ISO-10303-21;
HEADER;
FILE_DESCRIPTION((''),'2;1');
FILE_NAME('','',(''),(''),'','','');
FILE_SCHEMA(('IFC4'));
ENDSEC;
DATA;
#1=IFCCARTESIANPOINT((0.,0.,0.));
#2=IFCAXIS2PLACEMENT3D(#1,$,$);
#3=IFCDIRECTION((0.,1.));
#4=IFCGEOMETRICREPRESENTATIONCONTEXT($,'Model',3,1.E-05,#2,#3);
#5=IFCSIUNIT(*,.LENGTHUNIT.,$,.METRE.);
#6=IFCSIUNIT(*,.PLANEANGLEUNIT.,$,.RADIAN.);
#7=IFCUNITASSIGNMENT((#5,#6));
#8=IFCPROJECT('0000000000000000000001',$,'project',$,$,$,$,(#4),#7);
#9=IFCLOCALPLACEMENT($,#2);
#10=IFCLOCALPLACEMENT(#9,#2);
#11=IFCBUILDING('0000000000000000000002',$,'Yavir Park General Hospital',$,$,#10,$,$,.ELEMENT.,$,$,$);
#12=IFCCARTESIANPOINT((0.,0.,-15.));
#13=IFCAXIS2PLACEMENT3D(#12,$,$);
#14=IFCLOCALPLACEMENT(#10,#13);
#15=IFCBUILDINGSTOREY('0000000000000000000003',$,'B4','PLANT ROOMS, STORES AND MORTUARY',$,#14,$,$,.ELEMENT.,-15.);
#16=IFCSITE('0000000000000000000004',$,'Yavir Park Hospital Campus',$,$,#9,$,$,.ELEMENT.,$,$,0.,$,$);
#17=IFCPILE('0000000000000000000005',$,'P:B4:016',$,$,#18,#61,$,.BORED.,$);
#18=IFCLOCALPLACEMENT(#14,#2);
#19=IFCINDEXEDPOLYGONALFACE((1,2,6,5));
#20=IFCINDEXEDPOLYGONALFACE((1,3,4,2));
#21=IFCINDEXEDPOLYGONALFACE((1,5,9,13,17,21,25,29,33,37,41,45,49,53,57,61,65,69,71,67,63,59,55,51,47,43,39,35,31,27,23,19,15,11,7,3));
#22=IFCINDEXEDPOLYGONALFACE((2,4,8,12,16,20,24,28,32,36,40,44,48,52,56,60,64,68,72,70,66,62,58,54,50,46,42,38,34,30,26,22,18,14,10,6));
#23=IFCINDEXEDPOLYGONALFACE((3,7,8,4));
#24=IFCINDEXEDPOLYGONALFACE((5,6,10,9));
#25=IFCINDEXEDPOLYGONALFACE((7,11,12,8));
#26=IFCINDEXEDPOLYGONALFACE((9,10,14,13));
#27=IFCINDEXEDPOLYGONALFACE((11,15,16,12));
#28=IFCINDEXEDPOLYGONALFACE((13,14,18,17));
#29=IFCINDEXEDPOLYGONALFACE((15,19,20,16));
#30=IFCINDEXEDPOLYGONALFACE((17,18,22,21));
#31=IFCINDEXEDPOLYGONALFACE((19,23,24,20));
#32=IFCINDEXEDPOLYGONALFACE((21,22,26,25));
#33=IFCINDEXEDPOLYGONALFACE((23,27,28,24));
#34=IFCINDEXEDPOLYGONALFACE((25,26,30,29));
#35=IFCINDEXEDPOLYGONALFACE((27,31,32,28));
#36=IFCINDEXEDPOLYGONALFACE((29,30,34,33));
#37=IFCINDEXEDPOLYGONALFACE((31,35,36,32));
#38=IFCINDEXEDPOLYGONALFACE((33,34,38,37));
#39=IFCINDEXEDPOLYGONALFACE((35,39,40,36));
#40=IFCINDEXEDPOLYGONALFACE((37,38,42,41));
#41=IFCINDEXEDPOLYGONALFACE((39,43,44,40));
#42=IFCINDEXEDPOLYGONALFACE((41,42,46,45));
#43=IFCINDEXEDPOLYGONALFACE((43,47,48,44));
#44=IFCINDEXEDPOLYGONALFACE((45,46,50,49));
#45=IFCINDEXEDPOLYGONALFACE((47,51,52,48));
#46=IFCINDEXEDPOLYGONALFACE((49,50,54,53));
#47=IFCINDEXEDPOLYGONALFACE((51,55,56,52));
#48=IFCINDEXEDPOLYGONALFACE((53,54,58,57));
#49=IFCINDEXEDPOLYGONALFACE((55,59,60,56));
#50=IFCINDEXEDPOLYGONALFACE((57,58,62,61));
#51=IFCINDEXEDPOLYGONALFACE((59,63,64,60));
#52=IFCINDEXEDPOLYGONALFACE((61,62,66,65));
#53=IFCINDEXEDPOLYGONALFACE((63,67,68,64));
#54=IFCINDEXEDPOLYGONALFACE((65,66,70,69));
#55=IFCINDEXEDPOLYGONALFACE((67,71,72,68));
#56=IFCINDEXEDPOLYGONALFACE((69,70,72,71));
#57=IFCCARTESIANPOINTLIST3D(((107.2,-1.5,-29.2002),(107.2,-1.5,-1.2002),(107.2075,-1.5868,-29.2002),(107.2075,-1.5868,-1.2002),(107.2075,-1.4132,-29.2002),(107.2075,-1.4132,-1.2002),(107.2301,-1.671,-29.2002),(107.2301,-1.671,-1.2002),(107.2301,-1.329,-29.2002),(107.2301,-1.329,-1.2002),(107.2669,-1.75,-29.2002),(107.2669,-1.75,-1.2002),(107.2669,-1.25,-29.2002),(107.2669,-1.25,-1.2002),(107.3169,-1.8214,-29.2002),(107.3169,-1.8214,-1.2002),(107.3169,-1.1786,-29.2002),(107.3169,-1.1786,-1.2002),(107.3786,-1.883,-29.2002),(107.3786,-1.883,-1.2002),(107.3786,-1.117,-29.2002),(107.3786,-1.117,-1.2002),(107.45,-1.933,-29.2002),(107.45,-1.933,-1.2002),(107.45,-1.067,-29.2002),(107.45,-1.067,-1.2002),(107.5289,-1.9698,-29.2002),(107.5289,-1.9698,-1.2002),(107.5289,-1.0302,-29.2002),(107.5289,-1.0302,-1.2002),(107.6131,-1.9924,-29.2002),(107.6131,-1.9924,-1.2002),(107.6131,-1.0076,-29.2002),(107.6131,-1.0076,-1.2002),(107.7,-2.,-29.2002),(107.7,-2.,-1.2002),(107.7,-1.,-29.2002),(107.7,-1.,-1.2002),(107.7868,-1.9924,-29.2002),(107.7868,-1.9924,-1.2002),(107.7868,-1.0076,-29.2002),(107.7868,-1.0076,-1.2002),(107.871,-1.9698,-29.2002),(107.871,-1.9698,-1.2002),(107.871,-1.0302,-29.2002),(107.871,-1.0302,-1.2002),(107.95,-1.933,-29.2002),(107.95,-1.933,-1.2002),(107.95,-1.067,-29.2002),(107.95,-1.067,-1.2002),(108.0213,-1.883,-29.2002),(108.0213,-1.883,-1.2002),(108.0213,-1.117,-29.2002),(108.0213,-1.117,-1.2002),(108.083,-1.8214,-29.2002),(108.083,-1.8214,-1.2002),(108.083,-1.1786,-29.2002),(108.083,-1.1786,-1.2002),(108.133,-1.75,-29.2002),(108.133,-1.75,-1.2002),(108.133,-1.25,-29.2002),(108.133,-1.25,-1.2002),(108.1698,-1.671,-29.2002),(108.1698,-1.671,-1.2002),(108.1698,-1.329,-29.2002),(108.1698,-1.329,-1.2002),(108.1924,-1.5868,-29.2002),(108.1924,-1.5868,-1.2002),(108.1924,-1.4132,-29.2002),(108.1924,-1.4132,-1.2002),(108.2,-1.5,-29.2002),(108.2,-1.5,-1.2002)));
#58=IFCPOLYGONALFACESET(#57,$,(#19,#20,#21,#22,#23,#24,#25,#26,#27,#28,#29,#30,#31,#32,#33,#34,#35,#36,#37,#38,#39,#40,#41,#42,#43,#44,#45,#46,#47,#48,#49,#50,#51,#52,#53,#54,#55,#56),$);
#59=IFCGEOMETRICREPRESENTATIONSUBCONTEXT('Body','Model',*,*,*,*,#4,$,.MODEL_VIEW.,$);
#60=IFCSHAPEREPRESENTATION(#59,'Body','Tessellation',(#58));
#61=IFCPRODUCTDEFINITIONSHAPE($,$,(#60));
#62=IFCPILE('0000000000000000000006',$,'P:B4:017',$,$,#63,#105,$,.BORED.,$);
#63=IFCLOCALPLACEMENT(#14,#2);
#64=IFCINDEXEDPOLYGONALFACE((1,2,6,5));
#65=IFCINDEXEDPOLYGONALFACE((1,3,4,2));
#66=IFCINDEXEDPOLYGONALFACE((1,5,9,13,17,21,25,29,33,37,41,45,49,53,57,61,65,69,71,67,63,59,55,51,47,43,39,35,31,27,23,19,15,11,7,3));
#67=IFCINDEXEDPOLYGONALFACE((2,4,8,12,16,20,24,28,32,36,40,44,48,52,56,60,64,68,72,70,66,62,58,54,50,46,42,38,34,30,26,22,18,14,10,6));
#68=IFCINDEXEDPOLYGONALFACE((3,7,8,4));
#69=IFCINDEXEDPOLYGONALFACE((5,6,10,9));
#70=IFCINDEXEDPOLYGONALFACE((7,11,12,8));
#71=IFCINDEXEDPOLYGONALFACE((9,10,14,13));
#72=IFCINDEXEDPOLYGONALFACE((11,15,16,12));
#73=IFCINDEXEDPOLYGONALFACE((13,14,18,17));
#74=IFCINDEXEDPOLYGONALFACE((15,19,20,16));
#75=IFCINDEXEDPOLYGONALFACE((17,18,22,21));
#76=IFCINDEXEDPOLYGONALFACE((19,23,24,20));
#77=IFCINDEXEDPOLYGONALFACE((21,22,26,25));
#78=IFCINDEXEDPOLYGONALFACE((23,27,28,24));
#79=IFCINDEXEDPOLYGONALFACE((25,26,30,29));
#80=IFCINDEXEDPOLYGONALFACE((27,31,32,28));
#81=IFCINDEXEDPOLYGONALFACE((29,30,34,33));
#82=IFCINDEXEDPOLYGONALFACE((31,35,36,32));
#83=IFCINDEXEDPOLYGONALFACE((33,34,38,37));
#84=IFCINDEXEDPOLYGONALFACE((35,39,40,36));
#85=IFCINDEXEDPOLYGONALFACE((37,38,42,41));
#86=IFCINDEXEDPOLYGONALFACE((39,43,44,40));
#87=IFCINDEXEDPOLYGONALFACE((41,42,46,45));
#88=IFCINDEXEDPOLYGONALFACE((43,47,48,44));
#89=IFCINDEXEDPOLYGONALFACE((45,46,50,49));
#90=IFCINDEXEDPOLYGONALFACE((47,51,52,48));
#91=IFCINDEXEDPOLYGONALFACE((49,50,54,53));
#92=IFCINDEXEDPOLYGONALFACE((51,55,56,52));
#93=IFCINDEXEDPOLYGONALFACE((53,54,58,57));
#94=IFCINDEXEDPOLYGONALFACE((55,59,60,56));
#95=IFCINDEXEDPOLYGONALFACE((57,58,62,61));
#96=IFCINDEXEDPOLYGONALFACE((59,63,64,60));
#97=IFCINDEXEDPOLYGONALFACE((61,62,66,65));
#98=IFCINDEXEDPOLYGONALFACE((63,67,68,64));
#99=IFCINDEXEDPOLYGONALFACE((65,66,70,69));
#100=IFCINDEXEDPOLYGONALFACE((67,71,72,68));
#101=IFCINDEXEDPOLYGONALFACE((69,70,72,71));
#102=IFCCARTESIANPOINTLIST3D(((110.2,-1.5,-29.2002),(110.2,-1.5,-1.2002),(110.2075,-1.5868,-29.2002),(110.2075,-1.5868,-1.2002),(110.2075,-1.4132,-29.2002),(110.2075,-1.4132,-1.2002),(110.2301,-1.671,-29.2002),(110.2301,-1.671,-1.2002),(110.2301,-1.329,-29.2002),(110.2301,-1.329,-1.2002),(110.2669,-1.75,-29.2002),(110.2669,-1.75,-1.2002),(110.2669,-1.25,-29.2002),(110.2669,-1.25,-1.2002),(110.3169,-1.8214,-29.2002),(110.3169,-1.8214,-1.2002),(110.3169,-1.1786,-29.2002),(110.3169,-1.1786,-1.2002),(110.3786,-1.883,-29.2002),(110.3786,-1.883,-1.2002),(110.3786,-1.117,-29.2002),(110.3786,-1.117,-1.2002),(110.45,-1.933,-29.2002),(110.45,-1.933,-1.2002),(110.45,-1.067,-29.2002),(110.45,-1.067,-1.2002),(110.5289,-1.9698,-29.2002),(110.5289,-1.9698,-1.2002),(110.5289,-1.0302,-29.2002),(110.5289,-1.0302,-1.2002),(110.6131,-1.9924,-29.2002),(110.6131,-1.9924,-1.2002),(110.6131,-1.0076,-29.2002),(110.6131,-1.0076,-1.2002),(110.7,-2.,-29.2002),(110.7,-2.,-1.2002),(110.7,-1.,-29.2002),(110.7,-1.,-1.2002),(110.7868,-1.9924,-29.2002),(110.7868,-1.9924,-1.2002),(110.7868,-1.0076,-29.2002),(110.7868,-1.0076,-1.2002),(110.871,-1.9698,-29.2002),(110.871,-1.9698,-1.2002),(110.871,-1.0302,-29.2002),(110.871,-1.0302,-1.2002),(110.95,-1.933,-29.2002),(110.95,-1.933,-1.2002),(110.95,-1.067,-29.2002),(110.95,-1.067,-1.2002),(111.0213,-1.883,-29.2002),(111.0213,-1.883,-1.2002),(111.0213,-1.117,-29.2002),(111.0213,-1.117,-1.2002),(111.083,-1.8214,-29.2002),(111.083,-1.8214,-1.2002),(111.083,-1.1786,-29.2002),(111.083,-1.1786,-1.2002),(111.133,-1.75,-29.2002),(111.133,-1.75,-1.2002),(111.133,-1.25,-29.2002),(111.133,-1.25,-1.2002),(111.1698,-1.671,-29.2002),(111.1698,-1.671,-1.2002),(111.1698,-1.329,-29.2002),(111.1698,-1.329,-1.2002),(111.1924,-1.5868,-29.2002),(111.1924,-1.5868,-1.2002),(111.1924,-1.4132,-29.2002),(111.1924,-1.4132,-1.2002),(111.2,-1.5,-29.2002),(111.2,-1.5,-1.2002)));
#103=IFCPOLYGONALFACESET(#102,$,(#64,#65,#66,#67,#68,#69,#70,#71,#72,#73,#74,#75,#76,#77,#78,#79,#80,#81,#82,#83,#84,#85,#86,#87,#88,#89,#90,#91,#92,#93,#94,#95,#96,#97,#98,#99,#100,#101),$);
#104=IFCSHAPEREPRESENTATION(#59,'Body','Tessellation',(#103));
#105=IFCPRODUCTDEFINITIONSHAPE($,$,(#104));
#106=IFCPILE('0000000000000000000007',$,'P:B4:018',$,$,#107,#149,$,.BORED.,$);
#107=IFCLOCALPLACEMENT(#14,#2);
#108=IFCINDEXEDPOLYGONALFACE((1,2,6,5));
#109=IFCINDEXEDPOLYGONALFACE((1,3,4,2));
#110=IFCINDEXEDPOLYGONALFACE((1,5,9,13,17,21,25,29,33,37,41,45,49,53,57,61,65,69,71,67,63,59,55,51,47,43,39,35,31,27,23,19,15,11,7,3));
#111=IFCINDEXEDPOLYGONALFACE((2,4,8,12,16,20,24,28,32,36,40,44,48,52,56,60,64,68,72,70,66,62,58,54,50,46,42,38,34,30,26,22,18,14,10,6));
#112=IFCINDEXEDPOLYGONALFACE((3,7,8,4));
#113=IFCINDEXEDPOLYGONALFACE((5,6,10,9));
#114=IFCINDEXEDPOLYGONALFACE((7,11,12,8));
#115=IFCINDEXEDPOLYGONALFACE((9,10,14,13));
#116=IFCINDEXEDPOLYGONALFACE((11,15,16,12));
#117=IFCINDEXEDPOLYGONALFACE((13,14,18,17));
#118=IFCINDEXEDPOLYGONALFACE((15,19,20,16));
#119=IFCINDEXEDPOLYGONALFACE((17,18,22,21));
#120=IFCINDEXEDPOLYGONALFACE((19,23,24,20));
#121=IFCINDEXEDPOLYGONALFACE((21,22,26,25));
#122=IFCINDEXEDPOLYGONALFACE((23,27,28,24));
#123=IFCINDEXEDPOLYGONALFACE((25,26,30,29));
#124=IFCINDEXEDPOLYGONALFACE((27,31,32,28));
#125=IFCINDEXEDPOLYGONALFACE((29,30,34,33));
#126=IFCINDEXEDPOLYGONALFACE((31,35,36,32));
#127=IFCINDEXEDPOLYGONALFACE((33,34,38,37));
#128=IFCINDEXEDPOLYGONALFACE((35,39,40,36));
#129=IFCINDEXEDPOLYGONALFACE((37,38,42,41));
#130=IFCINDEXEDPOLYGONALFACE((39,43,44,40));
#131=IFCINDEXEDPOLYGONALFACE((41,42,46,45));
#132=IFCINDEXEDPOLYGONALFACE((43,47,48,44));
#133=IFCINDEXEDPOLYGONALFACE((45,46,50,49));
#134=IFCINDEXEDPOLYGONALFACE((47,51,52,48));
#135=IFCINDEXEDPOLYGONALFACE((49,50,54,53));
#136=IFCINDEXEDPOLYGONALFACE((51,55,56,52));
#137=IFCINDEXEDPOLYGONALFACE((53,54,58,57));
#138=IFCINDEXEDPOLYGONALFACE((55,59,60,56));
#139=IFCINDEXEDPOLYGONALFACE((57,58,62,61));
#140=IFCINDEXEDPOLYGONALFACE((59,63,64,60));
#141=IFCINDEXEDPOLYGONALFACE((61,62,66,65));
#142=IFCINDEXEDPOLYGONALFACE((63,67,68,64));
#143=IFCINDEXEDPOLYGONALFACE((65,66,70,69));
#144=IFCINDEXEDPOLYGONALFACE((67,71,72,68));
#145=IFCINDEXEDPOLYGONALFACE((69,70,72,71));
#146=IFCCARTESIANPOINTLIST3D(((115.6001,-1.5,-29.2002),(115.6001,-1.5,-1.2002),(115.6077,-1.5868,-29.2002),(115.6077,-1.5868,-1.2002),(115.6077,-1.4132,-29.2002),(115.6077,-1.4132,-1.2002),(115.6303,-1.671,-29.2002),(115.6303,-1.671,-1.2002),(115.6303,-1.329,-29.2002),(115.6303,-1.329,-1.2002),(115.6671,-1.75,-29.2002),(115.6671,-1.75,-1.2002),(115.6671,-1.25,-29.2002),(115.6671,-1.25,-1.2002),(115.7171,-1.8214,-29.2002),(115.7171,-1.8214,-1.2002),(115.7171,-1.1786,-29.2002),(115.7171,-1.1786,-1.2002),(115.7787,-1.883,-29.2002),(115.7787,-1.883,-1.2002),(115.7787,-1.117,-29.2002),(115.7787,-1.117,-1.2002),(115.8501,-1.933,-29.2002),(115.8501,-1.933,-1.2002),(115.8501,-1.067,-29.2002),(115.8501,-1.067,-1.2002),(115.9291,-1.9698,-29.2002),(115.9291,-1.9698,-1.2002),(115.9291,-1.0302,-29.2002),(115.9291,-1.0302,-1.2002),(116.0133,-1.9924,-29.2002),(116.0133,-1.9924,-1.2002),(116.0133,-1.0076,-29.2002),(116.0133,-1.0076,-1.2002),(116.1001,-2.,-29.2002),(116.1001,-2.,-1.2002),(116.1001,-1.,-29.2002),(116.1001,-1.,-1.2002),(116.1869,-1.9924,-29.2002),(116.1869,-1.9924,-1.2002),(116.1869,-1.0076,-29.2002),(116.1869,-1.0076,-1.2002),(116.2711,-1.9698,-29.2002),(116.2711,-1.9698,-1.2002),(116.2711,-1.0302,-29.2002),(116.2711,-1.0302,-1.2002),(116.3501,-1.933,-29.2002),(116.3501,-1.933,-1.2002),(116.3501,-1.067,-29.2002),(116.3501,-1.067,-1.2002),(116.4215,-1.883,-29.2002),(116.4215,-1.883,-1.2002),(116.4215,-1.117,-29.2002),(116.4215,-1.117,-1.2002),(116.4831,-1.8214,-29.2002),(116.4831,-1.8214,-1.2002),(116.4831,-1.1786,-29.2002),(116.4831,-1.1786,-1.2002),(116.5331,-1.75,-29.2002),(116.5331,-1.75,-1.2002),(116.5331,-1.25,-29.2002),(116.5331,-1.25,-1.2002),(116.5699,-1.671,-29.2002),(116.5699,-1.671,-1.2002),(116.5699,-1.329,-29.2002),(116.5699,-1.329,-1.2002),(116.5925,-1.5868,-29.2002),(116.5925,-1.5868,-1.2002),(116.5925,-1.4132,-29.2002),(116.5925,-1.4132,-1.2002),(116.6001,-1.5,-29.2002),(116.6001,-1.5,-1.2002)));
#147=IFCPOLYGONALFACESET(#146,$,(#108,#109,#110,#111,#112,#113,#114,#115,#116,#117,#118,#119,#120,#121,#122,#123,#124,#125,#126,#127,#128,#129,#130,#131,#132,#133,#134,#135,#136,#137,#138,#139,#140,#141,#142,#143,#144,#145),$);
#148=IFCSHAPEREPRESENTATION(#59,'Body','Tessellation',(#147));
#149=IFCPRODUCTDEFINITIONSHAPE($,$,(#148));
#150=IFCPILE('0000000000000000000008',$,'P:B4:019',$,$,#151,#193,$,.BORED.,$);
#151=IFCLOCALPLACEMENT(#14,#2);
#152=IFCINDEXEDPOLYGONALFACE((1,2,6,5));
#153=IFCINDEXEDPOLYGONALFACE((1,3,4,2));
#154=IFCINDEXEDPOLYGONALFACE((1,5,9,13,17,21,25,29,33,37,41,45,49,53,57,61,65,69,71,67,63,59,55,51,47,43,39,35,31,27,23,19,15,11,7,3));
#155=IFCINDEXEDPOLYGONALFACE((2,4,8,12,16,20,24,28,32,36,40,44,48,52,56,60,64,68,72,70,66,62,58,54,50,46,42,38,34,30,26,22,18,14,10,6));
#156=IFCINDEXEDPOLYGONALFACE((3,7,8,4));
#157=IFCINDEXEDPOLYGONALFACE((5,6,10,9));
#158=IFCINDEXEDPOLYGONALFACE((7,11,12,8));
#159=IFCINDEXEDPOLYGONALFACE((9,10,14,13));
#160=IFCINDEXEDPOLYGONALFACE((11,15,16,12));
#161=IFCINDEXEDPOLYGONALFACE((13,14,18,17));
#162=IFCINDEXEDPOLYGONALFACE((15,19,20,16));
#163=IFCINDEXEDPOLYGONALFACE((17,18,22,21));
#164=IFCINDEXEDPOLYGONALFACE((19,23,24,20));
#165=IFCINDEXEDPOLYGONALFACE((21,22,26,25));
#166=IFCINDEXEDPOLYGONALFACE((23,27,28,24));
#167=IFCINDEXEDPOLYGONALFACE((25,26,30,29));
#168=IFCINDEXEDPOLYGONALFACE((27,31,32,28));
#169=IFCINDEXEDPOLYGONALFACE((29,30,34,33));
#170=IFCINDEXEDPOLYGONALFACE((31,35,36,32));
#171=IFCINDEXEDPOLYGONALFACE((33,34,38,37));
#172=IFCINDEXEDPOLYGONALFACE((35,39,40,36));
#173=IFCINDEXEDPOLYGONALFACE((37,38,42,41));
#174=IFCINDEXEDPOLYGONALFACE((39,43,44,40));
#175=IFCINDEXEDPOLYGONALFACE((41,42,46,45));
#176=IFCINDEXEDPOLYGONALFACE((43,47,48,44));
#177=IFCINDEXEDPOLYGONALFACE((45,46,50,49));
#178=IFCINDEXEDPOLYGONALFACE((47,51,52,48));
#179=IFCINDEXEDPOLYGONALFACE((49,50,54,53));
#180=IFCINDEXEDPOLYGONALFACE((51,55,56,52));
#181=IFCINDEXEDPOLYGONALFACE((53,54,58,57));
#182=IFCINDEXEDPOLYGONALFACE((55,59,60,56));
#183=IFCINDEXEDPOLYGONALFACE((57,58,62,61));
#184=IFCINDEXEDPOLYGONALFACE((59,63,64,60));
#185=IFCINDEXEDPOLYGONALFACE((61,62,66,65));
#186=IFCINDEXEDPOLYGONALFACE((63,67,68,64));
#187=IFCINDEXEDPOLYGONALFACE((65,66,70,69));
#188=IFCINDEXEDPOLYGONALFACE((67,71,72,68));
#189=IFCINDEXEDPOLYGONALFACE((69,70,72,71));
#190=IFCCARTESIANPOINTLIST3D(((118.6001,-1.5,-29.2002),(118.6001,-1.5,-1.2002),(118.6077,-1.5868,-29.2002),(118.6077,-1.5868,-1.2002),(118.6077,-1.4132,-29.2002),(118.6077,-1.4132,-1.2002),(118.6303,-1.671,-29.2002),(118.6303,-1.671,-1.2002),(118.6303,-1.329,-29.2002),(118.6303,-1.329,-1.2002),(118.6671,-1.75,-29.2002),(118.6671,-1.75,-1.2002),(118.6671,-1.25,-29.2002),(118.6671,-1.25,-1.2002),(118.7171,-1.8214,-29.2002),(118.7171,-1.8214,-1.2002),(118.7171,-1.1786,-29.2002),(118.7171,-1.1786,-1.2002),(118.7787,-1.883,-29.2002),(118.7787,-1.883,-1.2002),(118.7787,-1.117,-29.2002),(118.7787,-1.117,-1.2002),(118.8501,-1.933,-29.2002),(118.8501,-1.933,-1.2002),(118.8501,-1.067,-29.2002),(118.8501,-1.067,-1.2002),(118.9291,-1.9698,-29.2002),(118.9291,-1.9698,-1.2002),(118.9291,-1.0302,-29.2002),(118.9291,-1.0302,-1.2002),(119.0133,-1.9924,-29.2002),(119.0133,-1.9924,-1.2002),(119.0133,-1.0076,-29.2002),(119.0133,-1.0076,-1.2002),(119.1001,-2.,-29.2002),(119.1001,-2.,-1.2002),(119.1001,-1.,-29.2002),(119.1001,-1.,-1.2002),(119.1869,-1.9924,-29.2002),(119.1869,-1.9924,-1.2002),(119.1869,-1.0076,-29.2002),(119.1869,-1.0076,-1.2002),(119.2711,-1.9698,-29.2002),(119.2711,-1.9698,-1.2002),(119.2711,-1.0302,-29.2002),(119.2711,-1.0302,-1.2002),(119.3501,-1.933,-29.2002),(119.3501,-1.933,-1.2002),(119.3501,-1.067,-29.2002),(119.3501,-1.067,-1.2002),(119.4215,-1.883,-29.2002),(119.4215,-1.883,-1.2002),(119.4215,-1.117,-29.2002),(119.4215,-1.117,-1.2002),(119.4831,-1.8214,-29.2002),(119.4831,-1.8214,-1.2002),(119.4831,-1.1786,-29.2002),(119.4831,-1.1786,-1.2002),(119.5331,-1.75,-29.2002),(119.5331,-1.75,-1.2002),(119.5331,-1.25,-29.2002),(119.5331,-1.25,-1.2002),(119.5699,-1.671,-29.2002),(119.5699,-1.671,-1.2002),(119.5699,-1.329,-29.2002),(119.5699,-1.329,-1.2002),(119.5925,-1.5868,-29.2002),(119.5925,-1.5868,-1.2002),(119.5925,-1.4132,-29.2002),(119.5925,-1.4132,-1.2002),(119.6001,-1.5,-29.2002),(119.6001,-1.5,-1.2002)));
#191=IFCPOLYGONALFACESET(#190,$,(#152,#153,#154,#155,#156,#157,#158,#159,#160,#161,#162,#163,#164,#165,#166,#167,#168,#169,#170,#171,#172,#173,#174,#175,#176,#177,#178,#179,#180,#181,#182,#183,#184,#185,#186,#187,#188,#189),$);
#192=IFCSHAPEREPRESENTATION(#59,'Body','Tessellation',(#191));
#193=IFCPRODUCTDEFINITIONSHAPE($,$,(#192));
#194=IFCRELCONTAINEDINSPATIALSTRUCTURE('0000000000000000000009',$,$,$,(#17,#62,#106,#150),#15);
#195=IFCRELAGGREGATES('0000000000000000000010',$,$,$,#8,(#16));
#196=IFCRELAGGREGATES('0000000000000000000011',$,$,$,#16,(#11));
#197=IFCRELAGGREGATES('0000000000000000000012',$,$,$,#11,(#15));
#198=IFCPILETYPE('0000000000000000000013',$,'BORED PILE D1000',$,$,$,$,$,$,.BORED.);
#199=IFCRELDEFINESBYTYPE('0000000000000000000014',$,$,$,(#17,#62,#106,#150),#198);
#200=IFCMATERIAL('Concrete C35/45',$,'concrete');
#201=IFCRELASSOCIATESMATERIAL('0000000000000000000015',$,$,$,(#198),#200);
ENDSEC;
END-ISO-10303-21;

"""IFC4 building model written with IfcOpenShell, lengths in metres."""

from ifc_helpers import new_model, si_unit, direction, frame, origin, origin_2d, place, context, subcontext, project, spatial, circle, extrude, material, material_profile, profile_set, type_object, element, save


model = new_model("IFC4")

# Units and contexts
model_context = context("Model", 3, precision=1e-05, world=origin(), true_north=direction((0.0, 1.0)))
body_context = subcontext(model_context, "Body", "Model", "MODEL_VIEW")
ifc_project = project(units=[si_unit("LENGTHUNIT", "METRE"), si_unit("PLANEANGLEUNIT", "RADIAN")], contexts=[model_context])

# Site, building, storey
site_placement = place(None, origin())
site = spatial("IfcSite", under=ifc_project, at=site_placement, Name="Yavir Park Hospital Campus", CompositionType="ELEMENT", RefElevation=0.0)
building_placement = place(site_placement, origin())
building = spatial("IfcBuilding", under=site, at=building_placement, Name="Yavir Park General Hospital", CompositionType="ELEMENT")
storey_placement = place(building_placement, frame((0.0, 0.0, -15.0)))
storey = spatial("IfcBuildingStorey", under=building, at=storey_placement, Name="B4", Description="PLANT ROOMS, STORES AND MORTUARY", CompositionType="ELEMENT", Elevation=-15.0)

# Piles
ifc_material_1 = material(Name="Concrete C35/45", Category="concrete")
ifc_material_profile_1 = material_profile(ifc_material_1, circle(Radius=0.5, at=origin_2d()), Name="D1000")
ifc_profile_set_1 = profile_set([ifc_material_profile_1], Name="Concrete C35/45")
pile_type_1 = type_object("IfcPileType", Name="BORED PILE D1000", PredefinedType="BORED", material=ifc_profile_set_1)
for number, where, z_axis, x_axis, name in (
    (1, (107.7, -1.5, -1.2002), (0.0, 0.0, -1.0), (1.0, 0.0, 0.0), "P:B4:016"),
    (2, (110.7, -1.5, -1.2002), (0.0, 0.0, -1.0), (1.0, 0.0, 0.0), "P:B4:017"),
    (3, (116.1001, -1.5, -1.2002), (0.0, 0.0, -1.0), (1.0, 0.0, 0.0), "P:B4:018"),
    (4, (119.1001, -1.5, -1.2002), (0.0, 0.0, -1.0), (1.0, 0.0, 0.0), "P:B4:019"),
):
    element("IfcPile", number, at=place(storey_placement, frame(where, z_axis=z_axis, x_axis=x_axis)), inside=storey, type_object=pile_type_1, Name=name, PredefinedType="BORED", context=body_context, shape_type="SweptSolid", body=[
        extrude(circle(Radius=0.5, at=origin_2d()), origin(), (0.0, 0.0, 1.0), 28.0),
    ])

save(model, "model.ifc")
